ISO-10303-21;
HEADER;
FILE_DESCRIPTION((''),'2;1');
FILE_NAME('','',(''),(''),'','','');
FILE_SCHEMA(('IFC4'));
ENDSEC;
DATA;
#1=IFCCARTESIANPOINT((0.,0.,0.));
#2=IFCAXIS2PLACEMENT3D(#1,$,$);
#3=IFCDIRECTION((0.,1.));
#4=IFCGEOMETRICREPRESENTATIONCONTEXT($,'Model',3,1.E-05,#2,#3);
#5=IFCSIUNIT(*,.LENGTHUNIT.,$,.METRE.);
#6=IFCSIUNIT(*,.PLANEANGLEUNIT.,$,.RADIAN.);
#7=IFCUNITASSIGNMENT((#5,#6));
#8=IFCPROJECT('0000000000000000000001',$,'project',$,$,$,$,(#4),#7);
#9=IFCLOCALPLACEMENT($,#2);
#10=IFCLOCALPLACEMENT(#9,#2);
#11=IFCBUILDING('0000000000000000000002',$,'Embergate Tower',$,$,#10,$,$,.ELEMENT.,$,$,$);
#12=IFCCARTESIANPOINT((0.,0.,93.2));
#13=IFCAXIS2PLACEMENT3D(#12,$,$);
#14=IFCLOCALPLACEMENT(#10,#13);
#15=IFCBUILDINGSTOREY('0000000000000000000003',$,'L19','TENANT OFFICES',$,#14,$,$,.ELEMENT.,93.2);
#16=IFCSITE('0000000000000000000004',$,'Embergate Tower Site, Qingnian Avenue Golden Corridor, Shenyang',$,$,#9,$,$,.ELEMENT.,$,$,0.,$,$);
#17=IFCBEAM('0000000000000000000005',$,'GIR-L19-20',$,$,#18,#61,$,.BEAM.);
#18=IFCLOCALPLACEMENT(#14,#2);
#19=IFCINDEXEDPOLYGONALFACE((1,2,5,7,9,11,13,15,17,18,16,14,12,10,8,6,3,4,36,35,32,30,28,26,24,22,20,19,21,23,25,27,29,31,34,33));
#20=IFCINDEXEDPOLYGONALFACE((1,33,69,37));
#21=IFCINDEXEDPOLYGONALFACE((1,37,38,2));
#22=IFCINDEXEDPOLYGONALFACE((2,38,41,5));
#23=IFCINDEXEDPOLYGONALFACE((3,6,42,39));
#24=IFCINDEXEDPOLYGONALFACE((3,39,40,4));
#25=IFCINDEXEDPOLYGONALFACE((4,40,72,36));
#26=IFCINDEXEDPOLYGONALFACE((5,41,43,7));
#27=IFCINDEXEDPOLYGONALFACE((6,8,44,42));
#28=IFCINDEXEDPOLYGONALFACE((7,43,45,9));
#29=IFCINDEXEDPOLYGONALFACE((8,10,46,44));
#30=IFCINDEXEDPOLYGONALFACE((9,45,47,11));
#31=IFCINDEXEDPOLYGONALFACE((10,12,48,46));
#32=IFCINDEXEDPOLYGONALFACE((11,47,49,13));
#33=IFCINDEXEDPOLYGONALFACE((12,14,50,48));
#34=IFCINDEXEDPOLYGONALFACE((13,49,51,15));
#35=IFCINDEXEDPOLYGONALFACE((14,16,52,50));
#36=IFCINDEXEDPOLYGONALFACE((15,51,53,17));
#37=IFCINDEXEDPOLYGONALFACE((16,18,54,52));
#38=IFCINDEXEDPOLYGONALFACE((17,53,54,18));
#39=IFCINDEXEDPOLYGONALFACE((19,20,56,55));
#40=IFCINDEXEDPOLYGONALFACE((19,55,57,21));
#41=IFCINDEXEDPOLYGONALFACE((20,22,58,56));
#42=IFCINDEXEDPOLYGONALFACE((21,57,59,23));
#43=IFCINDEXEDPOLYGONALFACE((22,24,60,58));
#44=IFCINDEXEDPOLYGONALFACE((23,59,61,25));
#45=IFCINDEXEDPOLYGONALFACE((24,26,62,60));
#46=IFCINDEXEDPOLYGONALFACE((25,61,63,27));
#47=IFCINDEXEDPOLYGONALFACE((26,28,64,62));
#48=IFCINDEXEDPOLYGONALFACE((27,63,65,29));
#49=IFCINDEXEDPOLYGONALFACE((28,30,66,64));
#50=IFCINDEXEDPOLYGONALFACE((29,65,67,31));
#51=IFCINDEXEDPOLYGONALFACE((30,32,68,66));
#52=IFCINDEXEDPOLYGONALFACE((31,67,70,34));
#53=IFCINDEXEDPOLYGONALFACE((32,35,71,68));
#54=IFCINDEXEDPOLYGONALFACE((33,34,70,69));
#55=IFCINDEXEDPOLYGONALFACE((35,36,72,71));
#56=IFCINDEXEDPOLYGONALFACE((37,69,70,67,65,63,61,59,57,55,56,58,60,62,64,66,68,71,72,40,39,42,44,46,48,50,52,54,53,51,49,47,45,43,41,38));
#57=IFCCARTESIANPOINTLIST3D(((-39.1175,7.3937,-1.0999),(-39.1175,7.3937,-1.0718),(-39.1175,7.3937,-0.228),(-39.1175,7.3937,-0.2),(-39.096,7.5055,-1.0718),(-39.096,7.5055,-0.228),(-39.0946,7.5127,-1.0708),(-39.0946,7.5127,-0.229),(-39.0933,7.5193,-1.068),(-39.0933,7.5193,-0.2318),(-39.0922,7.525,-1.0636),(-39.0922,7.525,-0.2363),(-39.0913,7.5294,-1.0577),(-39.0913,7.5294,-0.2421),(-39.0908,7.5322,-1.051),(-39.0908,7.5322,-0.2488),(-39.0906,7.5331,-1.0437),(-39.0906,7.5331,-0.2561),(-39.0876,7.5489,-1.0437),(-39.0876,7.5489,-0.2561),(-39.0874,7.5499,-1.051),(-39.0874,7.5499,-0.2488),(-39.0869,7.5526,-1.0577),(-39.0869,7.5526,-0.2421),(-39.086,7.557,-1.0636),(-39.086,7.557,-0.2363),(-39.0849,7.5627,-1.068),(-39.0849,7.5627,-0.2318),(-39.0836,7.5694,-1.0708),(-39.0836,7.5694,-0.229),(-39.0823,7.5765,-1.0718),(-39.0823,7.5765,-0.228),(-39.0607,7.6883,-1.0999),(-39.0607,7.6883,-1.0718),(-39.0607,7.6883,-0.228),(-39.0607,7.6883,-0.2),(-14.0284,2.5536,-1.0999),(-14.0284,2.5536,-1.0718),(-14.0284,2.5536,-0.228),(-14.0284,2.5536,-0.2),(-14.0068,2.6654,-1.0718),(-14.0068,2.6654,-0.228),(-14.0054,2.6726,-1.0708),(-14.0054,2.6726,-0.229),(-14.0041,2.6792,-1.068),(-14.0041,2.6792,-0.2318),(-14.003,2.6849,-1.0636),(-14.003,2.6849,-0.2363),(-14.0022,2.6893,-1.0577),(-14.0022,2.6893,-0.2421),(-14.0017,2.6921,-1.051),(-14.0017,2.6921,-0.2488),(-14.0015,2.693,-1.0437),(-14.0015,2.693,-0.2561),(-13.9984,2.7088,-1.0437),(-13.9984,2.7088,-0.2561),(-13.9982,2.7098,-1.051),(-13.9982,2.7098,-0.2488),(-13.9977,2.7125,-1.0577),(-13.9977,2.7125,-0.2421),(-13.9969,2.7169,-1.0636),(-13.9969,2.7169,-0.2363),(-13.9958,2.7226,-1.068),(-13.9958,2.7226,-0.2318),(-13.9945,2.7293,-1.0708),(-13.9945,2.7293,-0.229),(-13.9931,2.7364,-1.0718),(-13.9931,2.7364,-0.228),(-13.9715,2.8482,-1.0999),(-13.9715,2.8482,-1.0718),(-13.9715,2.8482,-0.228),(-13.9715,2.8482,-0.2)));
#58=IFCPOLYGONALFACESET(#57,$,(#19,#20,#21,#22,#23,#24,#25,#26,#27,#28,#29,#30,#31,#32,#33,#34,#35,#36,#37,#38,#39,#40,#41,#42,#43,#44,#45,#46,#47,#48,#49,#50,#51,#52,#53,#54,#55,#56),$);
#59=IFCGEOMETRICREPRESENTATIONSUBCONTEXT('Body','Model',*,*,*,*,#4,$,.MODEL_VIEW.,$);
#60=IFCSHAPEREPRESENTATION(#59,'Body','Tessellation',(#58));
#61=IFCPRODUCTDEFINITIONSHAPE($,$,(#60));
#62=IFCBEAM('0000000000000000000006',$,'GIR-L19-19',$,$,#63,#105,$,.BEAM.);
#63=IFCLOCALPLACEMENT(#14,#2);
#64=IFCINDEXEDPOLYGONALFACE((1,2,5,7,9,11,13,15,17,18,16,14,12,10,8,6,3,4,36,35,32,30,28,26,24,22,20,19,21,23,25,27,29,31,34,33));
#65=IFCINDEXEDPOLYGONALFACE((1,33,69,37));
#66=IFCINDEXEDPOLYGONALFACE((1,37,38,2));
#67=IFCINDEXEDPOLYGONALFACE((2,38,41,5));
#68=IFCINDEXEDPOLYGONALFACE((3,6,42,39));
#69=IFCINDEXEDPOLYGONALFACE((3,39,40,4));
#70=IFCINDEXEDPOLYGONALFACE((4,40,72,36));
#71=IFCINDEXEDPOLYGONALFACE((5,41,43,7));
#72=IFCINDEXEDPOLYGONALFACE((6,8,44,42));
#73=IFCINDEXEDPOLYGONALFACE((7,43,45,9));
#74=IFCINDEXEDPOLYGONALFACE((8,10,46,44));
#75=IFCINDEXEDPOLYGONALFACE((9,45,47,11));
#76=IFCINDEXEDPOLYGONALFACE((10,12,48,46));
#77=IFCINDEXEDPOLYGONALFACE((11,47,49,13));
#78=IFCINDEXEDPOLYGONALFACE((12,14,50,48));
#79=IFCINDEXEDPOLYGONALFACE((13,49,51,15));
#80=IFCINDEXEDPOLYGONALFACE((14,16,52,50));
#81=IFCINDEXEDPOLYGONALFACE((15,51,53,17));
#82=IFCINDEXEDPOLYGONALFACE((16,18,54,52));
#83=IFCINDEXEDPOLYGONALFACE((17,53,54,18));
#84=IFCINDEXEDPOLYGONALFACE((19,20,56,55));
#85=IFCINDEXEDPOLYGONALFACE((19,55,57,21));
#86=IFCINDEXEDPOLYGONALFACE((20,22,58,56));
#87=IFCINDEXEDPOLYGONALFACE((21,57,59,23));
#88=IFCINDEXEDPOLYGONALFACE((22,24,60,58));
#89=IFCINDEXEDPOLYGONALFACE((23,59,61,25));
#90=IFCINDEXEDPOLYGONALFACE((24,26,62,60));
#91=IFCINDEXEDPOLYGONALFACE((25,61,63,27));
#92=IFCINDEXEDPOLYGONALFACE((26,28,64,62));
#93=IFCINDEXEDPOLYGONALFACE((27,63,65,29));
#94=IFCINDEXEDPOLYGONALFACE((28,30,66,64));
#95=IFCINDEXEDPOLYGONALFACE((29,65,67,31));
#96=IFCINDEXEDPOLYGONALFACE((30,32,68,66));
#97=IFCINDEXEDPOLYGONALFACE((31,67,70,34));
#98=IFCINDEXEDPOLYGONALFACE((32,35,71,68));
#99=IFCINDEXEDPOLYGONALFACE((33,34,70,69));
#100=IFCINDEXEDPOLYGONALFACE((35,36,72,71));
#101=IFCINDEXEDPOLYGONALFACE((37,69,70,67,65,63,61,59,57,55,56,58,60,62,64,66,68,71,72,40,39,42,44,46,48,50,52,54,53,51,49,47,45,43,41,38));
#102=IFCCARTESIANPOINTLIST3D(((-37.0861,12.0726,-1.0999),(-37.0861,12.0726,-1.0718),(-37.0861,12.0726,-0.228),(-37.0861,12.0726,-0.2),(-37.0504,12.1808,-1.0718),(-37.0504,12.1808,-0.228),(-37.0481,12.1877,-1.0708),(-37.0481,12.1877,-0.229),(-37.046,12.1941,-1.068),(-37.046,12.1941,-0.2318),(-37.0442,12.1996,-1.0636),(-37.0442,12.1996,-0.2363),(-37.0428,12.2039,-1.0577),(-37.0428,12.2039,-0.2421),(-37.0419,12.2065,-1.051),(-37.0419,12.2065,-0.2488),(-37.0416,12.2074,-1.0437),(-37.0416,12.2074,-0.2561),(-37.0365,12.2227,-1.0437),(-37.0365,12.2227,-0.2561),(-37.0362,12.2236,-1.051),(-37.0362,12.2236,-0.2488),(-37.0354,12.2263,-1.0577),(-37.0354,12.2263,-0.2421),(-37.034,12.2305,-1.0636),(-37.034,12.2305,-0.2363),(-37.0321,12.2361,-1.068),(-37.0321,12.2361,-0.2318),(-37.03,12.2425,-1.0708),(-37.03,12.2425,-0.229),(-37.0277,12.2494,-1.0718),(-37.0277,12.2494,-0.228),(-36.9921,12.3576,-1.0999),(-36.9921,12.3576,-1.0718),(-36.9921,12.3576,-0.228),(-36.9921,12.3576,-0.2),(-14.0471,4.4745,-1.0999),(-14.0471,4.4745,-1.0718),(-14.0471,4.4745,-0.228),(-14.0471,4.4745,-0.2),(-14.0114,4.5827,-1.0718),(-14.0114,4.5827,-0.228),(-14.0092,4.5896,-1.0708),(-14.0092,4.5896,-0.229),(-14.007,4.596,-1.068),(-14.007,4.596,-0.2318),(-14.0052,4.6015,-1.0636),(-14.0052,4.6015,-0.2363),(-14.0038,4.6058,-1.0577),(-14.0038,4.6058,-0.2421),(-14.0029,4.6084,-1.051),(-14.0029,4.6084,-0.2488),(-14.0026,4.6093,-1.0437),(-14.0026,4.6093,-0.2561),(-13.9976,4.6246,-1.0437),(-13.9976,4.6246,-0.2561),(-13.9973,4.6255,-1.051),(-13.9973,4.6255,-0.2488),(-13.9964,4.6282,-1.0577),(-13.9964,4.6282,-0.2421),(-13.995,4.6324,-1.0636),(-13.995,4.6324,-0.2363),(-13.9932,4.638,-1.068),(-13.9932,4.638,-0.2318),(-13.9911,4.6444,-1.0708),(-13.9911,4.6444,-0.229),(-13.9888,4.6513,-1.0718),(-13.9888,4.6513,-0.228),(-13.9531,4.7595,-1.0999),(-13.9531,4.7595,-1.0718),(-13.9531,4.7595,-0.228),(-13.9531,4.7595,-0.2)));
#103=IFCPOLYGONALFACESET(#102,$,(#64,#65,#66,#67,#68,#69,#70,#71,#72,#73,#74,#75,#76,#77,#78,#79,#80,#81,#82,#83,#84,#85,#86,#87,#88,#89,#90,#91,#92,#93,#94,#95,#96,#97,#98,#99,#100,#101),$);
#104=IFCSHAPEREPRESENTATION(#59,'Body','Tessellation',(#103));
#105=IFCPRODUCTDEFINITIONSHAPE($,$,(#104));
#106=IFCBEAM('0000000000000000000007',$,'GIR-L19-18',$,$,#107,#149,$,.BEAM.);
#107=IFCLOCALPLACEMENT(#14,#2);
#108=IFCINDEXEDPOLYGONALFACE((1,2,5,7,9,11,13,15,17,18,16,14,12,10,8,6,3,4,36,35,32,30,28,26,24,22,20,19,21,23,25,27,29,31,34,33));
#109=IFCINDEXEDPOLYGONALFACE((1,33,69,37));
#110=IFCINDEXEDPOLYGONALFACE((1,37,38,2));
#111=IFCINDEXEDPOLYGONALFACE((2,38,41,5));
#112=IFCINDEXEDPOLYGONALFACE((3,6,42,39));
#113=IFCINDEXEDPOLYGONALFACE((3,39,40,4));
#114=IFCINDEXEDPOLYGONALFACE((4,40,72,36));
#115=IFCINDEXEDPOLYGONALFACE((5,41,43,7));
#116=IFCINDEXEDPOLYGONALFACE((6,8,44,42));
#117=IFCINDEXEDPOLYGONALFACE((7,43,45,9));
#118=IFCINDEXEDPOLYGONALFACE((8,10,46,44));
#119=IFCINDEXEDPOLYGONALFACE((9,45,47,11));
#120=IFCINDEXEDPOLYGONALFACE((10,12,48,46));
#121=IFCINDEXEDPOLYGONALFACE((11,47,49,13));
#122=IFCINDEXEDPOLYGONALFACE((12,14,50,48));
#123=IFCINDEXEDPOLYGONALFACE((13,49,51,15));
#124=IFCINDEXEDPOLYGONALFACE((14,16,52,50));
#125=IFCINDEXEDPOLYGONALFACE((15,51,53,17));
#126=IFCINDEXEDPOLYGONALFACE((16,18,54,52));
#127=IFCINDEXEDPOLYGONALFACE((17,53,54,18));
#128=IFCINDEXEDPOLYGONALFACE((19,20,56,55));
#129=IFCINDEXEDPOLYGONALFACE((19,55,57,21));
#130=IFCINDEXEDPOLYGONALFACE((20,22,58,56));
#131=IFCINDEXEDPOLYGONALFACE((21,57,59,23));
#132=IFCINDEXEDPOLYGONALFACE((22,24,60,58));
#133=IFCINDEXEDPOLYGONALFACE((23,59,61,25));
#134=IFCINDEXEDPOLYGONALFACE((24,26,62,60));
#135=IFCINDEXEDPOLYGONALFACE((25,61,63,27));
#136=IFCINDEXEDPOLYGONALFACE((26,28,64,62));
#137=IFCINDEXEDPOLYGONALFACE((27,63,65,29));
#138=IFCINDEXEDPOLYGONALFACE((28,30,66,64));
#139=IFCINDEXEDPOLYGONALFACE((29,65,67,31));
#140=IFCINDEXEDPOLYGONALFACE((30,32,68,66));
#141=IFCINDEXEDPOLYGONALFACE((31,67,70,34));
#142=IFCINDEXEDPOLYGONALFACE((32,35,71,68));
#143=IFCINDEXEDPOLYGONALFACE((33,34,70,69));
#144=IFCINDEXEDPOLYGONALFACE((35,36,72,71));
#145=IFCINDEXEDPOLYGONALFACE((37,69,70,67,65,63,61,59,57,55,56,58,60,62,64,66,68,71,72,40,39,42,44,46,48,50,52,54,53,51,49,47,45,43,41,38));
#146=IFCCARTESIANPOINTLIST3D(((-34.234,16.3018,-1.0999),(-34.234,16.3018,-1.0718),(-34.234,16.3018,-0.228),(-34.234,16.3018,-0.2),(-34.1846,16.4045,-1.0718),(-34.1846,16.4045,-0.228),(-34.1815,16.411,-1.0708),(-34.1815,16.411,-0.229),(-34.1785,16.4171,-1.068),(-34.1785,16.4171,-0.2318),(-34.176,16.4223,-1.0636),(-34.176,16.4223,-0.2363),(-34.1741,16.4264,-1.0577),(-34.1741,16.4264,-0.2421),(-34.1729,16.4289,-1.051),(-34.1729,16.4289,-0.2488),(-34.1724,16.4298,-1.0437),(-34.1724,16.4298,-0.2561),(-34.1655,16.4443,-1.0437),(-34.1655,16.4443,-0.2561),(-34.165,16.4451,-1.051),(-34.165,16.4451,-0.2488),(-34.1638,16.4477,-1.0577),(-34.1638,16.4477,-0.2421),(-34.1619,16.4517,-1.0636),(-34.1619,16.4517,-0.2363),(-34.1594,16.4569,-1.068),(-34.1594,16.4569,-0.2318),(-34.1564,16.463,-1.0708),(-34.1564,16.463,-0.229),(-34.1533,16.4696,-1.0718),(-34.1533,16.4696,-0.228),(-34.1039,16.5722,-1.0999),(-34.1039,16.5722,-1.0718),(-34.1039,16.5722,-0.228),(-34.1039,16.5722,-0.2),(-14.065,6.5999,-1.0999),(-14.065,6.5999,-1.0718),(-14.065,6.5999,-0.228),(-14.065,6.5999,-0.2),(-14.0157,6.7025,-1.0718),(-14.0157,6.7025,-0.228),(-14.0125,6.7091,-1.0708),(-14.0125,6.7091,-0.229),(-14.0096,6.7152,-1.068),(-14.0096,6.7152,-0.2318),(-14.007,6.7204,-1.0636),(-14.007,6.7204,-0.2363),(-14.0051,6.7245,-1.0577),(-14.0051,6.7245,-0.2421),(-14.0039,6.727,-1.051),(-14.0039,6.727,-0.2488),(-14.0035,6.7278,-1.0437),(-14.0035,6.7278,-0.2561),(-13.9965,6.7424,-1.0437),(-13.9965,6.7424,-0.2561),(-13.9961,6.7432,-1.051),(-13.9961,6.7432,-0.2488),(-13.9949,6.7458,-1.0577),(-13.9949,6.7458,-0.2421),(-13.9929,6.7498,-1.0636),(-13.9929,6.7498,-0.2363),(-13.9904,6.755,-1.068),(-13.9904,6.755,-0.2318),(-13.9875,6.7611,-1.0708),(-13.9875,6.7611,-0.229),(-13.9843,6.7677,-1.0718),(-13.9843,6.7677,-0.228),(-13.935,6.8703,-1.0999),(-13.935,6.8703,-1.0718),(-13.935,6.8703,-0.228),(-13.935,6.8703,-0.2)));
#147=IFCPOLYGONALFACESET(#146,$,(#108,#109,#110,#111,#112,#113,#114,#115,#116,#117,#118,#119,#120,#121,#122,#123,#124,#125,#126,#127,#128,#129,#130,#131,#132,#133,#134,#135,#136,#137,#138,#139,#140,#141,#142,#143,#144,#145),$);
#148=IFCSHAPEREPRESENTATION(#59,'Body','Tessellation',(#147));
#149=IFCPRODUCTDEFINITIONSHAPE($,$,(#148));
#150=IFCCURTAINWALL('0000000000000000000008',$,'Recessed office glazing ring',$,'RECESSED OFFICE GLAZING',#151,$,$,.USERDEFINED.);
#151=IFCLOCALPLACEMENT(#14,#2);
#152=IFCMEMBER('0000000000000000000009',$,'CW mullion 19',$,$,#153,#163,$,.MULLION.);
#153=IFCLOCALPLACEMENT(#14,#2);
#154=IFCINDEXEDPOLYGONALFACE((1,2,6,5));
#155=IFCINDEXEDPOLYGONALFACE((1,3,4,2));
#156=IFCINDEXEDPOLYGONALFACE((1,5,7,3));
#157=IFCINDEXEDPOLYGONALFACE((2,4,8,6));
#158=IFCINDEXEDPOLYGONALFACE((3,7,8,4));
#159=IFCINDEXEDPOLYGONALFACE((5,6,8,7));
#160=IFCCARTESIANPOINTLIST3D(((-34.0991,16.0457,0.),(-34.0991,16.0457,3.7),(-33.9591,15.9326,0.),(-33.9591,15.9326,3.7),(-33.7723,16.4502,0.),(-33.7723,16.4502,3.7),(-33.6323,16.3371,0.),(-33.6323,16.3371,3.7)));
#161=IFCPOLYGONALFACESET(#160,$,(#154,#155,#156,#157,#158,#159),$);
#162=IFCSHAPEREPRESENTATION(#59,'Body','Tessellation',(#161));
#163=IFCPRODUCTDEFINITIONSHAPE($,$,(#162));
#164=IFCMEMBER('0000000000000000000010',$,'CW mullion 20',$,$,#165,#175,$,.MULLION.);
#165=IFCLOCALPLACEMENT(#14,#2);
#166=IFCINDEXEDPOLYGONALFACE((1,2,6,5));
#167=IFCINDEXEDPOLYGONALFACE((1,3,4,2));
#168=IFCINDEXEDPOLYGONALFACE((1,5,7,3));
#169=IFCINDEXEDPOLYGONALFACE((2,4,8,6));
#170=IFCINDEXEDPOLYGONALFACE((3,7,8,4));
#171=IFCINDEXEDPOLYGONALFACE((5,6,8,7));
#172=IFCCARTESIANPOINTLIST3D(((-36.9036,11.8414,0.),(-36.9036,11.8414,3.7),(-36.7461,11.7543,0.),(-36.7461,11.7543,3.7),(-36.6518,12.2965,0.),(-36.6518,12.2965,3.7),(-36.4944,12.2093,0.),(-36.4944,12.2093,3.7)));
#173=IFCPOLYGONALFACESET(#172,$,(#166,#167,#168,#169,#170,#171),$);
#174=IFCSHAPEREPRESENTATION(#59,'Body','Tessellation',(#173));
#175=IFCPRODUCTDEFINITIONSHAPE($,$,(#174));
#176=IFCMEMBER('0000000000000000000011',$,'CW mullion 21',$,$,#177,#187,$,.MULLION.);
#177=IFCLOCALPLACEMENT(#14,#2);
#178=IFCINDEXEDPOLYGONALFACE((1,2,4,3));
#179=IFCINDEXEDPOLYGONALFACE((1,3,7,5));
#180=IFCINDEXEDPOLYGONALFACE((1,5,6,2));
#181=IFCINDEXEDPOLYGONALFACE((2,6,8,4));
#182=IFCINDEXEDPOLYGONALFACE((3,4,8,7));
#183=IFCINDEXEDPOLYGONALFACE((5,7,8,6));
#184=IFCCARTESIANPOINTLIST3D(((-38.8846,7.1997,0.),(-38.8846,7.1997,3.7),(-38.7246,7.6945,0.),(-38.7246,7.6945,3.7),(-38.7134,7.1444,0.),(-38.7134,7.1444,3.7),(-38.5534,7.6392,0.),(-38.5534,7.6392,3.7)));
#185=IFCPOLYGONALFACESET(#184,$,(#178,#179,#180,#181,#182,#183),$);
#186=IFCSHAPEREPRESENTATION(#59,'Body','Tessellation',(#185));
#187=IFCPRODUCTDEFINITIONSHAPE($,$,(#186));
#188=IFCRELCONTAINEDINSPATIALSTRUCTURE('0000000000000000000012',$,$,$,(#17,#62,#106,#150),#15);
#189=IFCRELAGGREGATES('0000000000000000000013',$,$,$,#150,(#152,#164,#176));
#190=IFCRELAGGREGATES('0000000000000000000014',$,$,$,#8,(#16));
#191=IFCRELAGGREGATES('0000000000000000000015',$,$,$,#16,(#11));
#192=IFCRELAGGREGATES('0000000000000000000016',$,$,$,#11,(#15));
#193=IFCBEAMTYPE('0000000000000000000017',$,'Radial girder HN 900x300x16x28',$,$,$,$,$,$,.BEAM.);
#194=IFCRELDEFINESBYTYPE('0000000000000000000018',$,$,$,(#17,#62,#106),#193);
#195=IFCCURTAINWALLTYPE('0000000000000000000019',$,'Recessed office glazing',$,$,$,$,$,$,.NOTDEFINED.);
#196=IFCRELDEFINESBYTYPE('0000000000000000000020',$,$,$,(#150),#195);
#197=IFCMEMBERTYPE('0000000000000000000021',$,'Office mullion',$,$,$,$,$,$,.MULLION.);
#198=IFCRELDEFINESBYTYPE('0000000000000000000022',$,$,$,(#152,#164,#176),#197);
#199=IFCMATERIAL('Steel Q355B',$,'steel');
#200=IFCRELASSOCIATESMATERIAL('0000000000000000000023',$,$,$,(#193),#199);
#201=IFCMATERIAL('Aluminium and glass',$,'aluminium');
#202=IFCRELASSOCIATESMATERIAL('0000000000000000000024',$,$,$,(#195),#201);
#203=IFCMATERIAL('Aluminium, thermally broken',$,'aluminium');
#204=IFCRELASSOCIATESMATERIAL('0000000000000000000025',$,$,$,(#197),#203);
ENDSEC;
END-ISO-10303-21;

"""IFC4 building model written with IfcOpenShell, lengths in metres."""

from ifc_helpers import new_model, si_unit, direction, frame, origin, origin_2d, place, context, subcontext, project, spatial, rectangle, i_section, extrude, source, transform, mapped, material, material_profile, profile_set, type_object, element, aggregate, save


model = new_model("IFC4")

# Units and contexts
model_context = context("Model", 3, precision=1e-05, world=origin(), true_north=direction((0.0, 1.0)))
body_context = subcontext(model_context, "Body", "Model", "MODEL_VIEW")
ifc_project = project(units=[si_unit("LENGTHUNIT", "METRE"), si_unit("PLANEANGLEUNIT", "RADIAN")], contexts=[model_context])

# Site, building, storey
site_placement = place(None, origin())
site = spatial("IfcSite", under=ifc_project, at=site_placement, Name="Embergate Tower Site, Qingnian Avenue Golden Corridor, Shenyang", CompositionType="ELEMENT", RefElevation=0.0)
building_placement = place(site_placement, origin())
building = spatial("IfcBuilding", under=site, at=building_placement, Name="Embergate Tower", CompositionType="ELEMENT")
storey_placement = place(building_placement, frame((0.0, 0.0, 93.2)))
storey = spatial("IfcBuildingStorey", under=building, at=storey_placement, Name="L19", Description="TENANT OFFICES", CompositionType="ELEMENT", Elevation=93.2)

# Beams
ifc_material_1 = material(Name="Steel Q355B", Category="steel")
ifc_material_profile_1 = material_profile(ifc_material_1, i_section(OverallWidth=0.3, OverallDepth=0.8999, WebThickness=0.0161, FlangeThickness=0.0281, FilletRadius=0.0281, at=origin_2d()), Name="HN 900x300x16x28")
ifc_profile_set_1 = profile_set([ifc_material_profile_1], Name="Steel Q355 grade B")
beam_type_1 = type_object("IfcBeamType", Name="Radial girder HN 900x300x16x28", PredefinedType="BEAM", material=ifc_profile_set_1)
shared_shape_1 = source(origin(), body_context, "Body", "SweptSolid", [
    extrude(i_section(OverallWidth=0.3, OverallDepth=0.8999, WebThickness=0.0161, FlangeThickness=0.0281, FilletRadius=0.0281, at=origin_2d()), origin(), (0.0, 0.0, 1.0), 25.5518),
])
beam_1_placement = place(storey_placement, frame((-39.0891, 7.541, -0.6499), z_axis=(0.981896, -0.189423, 0.0), x_axis=(0.189423, 0.981896, 0.0)))
element("IfcBeam", 1, at=beam_1_placement, inside=storey, type_object=beam_type_1, Name="GIR-L19-20", PredefinedType="BEAM", context=body_context, shape_type="MappedRepresentation", body=[
    mapped(shared_shape_1, transform((0.0, 0.0, 0.0))),
])
shared_shape_2 = source(origin(), body_context, "Body", "SweptSolid", [
    extrude(i_section(OverallWidth=0.3, OverallDepth=0.8999, WebThickness=0.0161, FlangeThickness=0.0281, FilletRadius=0.0281, at=origin_2d()), origin(), (0.0, 0.0, 1.0), 24.2595),
])
beam_2_placement = place(storey_placement, frame((-37.0391, 12.2151, -0.6499), z_axis=(0.949687, -0.313201, 0.0), x_axis=(0.313201, 0.949687, 0.0)))
element("IfcBeam", 2, at=beam_2_placement, inside=storey, type_object=beam_type_1, Name="GIR-L19-19", PredefinedType="BEAM", context=body_context, shape_type="MappedRepresentation", body=[
    mapped(shared_shape_2, transform((0.0, 0.0, 0.0))),
])
shared_shape_3 = source(origin(), body_context, "Body", "SweptSolid", [
    extrude(i_section(OverallWidth=0.3, OverallDepth=0.8999, WebThickness=0.0161, FlangeThickness=0.0281, FilletRadius=0.0281, at=origin_2d()), origin(), (0.0, 0.0, 1.0), 22.3811),
])
beam_3_placement = place(storey_placement, frame((-34.1689, 16.437, -0.6499), z_axis=(0.90116, -0.433487, 0.0), x_axis=(0.433487, 0.90116, 0.0)))
element("IfcBeam", 3, at=beam_3_placement, inside=storey, type_object=beam_type_1, Name="GIR-L19-18", PredefinedType="BEAM", context=body_context, shape_type="MappedRepresentation", body=[
    mapped(shared_shape_3, transform((0.0, 0.0, 0.0))),
])

# Curtain wall, members
ifc_material_2 = material(Name="Aluminium and glass", Category="aluminium")
curtain_wall_type = type_object("IfcCurtainWallType", Name="Recessed office glazing", PredefinedType="NOTDEFINED", material=ifc_material_2)
curtain_wall_placement = place(storey_placement, origin())
curtain_wall = element("IfcCurtainWall", 4, at=curtain_wall_placement, inside=storey, type_object=curtain_wall_type, Name="Recessed office glazing ring", ObjectType="RECESSED OFFICE GLAZING", PredefinedType="USERDEFINED")
ifc_material_3 = material(Name="Aluminium, thermally broken", Category="aluminium")
ifc_material_profile_2 = material_profile(ifc_material_3, rectangle(XDim=0.1799, YDim=0.52, at=origin_2d()), Name="AL 520x180")
ifc_profile_set_2 = profile_set([ifc_material_profile_2], Name="Aluminium, thermally broken")
member_type_1 = type_object("IfcMemberType", Name="Office mullion", PredefinedType="MULLION", material=ifc_profile_set_2)
shared_shape_4 = source(origin(), body_context, "Body", "SweptSolid", [
    extrude(rectangle(XDim=0.1799, YDim=0.52, at=origin_2d()), origin(), (0.0, 0.0, 1.0), 3.7),
])
member_1_placement = place(storey_placement, frame((-33.8657, 16.1914, 0.0), z_axis=(0.0, 0.0, 1.0), x_axis=(0.777878, -0.628415, 0.0)))
member_1 = element("IfcMember", 5, at=member_1_placement, type_object=member_type_1, Name="CW mullion 19", PredefinedType="MULLION", context=body_context, shape_type="MappedRepresentation", body=[
    mapped(shared_shape_4, transform((0.0, 0.0, 0.0))),
])
member_2_placement = place(storey_placement, frame((-36.699, 12.0254, 0.0), z_axis=(0.0, 0.0, 1.0), x_axis=(0.875006, -0.484112, 0.0)))
member_2 = element("IfcMember", 6, at=member_2_placement, type_object=member_type_1, Name="CW mullion 20", PredefinedType="MULLION", context=body_context, shape_type="MappedRepresentation", body=[
    mapped(shared_shape_4, transform((0.0, 0.0, 0.0))),
])
member_3_placement = place(storey_placement, frame((-38.719, 7.4194, 0.0), z_axis=(0.0, 0.0, 1.0), x_axis=(0.9515, -0.307647, 0.0)))
member_3 = element("IfcMember", 7, at=member_3_placement, type_object=member_type_1, Name="CW mullion 21", PredefinedType="MULLION", context=body_context, shape_type="MappedRepresentation", body=[
    mapped(shared_shape_4, transform((0.0, 0.0, 0.0))),
])
aggregate(curtain_wall, [member_1, member_2, member_3])

save(model, "model.ifc")
